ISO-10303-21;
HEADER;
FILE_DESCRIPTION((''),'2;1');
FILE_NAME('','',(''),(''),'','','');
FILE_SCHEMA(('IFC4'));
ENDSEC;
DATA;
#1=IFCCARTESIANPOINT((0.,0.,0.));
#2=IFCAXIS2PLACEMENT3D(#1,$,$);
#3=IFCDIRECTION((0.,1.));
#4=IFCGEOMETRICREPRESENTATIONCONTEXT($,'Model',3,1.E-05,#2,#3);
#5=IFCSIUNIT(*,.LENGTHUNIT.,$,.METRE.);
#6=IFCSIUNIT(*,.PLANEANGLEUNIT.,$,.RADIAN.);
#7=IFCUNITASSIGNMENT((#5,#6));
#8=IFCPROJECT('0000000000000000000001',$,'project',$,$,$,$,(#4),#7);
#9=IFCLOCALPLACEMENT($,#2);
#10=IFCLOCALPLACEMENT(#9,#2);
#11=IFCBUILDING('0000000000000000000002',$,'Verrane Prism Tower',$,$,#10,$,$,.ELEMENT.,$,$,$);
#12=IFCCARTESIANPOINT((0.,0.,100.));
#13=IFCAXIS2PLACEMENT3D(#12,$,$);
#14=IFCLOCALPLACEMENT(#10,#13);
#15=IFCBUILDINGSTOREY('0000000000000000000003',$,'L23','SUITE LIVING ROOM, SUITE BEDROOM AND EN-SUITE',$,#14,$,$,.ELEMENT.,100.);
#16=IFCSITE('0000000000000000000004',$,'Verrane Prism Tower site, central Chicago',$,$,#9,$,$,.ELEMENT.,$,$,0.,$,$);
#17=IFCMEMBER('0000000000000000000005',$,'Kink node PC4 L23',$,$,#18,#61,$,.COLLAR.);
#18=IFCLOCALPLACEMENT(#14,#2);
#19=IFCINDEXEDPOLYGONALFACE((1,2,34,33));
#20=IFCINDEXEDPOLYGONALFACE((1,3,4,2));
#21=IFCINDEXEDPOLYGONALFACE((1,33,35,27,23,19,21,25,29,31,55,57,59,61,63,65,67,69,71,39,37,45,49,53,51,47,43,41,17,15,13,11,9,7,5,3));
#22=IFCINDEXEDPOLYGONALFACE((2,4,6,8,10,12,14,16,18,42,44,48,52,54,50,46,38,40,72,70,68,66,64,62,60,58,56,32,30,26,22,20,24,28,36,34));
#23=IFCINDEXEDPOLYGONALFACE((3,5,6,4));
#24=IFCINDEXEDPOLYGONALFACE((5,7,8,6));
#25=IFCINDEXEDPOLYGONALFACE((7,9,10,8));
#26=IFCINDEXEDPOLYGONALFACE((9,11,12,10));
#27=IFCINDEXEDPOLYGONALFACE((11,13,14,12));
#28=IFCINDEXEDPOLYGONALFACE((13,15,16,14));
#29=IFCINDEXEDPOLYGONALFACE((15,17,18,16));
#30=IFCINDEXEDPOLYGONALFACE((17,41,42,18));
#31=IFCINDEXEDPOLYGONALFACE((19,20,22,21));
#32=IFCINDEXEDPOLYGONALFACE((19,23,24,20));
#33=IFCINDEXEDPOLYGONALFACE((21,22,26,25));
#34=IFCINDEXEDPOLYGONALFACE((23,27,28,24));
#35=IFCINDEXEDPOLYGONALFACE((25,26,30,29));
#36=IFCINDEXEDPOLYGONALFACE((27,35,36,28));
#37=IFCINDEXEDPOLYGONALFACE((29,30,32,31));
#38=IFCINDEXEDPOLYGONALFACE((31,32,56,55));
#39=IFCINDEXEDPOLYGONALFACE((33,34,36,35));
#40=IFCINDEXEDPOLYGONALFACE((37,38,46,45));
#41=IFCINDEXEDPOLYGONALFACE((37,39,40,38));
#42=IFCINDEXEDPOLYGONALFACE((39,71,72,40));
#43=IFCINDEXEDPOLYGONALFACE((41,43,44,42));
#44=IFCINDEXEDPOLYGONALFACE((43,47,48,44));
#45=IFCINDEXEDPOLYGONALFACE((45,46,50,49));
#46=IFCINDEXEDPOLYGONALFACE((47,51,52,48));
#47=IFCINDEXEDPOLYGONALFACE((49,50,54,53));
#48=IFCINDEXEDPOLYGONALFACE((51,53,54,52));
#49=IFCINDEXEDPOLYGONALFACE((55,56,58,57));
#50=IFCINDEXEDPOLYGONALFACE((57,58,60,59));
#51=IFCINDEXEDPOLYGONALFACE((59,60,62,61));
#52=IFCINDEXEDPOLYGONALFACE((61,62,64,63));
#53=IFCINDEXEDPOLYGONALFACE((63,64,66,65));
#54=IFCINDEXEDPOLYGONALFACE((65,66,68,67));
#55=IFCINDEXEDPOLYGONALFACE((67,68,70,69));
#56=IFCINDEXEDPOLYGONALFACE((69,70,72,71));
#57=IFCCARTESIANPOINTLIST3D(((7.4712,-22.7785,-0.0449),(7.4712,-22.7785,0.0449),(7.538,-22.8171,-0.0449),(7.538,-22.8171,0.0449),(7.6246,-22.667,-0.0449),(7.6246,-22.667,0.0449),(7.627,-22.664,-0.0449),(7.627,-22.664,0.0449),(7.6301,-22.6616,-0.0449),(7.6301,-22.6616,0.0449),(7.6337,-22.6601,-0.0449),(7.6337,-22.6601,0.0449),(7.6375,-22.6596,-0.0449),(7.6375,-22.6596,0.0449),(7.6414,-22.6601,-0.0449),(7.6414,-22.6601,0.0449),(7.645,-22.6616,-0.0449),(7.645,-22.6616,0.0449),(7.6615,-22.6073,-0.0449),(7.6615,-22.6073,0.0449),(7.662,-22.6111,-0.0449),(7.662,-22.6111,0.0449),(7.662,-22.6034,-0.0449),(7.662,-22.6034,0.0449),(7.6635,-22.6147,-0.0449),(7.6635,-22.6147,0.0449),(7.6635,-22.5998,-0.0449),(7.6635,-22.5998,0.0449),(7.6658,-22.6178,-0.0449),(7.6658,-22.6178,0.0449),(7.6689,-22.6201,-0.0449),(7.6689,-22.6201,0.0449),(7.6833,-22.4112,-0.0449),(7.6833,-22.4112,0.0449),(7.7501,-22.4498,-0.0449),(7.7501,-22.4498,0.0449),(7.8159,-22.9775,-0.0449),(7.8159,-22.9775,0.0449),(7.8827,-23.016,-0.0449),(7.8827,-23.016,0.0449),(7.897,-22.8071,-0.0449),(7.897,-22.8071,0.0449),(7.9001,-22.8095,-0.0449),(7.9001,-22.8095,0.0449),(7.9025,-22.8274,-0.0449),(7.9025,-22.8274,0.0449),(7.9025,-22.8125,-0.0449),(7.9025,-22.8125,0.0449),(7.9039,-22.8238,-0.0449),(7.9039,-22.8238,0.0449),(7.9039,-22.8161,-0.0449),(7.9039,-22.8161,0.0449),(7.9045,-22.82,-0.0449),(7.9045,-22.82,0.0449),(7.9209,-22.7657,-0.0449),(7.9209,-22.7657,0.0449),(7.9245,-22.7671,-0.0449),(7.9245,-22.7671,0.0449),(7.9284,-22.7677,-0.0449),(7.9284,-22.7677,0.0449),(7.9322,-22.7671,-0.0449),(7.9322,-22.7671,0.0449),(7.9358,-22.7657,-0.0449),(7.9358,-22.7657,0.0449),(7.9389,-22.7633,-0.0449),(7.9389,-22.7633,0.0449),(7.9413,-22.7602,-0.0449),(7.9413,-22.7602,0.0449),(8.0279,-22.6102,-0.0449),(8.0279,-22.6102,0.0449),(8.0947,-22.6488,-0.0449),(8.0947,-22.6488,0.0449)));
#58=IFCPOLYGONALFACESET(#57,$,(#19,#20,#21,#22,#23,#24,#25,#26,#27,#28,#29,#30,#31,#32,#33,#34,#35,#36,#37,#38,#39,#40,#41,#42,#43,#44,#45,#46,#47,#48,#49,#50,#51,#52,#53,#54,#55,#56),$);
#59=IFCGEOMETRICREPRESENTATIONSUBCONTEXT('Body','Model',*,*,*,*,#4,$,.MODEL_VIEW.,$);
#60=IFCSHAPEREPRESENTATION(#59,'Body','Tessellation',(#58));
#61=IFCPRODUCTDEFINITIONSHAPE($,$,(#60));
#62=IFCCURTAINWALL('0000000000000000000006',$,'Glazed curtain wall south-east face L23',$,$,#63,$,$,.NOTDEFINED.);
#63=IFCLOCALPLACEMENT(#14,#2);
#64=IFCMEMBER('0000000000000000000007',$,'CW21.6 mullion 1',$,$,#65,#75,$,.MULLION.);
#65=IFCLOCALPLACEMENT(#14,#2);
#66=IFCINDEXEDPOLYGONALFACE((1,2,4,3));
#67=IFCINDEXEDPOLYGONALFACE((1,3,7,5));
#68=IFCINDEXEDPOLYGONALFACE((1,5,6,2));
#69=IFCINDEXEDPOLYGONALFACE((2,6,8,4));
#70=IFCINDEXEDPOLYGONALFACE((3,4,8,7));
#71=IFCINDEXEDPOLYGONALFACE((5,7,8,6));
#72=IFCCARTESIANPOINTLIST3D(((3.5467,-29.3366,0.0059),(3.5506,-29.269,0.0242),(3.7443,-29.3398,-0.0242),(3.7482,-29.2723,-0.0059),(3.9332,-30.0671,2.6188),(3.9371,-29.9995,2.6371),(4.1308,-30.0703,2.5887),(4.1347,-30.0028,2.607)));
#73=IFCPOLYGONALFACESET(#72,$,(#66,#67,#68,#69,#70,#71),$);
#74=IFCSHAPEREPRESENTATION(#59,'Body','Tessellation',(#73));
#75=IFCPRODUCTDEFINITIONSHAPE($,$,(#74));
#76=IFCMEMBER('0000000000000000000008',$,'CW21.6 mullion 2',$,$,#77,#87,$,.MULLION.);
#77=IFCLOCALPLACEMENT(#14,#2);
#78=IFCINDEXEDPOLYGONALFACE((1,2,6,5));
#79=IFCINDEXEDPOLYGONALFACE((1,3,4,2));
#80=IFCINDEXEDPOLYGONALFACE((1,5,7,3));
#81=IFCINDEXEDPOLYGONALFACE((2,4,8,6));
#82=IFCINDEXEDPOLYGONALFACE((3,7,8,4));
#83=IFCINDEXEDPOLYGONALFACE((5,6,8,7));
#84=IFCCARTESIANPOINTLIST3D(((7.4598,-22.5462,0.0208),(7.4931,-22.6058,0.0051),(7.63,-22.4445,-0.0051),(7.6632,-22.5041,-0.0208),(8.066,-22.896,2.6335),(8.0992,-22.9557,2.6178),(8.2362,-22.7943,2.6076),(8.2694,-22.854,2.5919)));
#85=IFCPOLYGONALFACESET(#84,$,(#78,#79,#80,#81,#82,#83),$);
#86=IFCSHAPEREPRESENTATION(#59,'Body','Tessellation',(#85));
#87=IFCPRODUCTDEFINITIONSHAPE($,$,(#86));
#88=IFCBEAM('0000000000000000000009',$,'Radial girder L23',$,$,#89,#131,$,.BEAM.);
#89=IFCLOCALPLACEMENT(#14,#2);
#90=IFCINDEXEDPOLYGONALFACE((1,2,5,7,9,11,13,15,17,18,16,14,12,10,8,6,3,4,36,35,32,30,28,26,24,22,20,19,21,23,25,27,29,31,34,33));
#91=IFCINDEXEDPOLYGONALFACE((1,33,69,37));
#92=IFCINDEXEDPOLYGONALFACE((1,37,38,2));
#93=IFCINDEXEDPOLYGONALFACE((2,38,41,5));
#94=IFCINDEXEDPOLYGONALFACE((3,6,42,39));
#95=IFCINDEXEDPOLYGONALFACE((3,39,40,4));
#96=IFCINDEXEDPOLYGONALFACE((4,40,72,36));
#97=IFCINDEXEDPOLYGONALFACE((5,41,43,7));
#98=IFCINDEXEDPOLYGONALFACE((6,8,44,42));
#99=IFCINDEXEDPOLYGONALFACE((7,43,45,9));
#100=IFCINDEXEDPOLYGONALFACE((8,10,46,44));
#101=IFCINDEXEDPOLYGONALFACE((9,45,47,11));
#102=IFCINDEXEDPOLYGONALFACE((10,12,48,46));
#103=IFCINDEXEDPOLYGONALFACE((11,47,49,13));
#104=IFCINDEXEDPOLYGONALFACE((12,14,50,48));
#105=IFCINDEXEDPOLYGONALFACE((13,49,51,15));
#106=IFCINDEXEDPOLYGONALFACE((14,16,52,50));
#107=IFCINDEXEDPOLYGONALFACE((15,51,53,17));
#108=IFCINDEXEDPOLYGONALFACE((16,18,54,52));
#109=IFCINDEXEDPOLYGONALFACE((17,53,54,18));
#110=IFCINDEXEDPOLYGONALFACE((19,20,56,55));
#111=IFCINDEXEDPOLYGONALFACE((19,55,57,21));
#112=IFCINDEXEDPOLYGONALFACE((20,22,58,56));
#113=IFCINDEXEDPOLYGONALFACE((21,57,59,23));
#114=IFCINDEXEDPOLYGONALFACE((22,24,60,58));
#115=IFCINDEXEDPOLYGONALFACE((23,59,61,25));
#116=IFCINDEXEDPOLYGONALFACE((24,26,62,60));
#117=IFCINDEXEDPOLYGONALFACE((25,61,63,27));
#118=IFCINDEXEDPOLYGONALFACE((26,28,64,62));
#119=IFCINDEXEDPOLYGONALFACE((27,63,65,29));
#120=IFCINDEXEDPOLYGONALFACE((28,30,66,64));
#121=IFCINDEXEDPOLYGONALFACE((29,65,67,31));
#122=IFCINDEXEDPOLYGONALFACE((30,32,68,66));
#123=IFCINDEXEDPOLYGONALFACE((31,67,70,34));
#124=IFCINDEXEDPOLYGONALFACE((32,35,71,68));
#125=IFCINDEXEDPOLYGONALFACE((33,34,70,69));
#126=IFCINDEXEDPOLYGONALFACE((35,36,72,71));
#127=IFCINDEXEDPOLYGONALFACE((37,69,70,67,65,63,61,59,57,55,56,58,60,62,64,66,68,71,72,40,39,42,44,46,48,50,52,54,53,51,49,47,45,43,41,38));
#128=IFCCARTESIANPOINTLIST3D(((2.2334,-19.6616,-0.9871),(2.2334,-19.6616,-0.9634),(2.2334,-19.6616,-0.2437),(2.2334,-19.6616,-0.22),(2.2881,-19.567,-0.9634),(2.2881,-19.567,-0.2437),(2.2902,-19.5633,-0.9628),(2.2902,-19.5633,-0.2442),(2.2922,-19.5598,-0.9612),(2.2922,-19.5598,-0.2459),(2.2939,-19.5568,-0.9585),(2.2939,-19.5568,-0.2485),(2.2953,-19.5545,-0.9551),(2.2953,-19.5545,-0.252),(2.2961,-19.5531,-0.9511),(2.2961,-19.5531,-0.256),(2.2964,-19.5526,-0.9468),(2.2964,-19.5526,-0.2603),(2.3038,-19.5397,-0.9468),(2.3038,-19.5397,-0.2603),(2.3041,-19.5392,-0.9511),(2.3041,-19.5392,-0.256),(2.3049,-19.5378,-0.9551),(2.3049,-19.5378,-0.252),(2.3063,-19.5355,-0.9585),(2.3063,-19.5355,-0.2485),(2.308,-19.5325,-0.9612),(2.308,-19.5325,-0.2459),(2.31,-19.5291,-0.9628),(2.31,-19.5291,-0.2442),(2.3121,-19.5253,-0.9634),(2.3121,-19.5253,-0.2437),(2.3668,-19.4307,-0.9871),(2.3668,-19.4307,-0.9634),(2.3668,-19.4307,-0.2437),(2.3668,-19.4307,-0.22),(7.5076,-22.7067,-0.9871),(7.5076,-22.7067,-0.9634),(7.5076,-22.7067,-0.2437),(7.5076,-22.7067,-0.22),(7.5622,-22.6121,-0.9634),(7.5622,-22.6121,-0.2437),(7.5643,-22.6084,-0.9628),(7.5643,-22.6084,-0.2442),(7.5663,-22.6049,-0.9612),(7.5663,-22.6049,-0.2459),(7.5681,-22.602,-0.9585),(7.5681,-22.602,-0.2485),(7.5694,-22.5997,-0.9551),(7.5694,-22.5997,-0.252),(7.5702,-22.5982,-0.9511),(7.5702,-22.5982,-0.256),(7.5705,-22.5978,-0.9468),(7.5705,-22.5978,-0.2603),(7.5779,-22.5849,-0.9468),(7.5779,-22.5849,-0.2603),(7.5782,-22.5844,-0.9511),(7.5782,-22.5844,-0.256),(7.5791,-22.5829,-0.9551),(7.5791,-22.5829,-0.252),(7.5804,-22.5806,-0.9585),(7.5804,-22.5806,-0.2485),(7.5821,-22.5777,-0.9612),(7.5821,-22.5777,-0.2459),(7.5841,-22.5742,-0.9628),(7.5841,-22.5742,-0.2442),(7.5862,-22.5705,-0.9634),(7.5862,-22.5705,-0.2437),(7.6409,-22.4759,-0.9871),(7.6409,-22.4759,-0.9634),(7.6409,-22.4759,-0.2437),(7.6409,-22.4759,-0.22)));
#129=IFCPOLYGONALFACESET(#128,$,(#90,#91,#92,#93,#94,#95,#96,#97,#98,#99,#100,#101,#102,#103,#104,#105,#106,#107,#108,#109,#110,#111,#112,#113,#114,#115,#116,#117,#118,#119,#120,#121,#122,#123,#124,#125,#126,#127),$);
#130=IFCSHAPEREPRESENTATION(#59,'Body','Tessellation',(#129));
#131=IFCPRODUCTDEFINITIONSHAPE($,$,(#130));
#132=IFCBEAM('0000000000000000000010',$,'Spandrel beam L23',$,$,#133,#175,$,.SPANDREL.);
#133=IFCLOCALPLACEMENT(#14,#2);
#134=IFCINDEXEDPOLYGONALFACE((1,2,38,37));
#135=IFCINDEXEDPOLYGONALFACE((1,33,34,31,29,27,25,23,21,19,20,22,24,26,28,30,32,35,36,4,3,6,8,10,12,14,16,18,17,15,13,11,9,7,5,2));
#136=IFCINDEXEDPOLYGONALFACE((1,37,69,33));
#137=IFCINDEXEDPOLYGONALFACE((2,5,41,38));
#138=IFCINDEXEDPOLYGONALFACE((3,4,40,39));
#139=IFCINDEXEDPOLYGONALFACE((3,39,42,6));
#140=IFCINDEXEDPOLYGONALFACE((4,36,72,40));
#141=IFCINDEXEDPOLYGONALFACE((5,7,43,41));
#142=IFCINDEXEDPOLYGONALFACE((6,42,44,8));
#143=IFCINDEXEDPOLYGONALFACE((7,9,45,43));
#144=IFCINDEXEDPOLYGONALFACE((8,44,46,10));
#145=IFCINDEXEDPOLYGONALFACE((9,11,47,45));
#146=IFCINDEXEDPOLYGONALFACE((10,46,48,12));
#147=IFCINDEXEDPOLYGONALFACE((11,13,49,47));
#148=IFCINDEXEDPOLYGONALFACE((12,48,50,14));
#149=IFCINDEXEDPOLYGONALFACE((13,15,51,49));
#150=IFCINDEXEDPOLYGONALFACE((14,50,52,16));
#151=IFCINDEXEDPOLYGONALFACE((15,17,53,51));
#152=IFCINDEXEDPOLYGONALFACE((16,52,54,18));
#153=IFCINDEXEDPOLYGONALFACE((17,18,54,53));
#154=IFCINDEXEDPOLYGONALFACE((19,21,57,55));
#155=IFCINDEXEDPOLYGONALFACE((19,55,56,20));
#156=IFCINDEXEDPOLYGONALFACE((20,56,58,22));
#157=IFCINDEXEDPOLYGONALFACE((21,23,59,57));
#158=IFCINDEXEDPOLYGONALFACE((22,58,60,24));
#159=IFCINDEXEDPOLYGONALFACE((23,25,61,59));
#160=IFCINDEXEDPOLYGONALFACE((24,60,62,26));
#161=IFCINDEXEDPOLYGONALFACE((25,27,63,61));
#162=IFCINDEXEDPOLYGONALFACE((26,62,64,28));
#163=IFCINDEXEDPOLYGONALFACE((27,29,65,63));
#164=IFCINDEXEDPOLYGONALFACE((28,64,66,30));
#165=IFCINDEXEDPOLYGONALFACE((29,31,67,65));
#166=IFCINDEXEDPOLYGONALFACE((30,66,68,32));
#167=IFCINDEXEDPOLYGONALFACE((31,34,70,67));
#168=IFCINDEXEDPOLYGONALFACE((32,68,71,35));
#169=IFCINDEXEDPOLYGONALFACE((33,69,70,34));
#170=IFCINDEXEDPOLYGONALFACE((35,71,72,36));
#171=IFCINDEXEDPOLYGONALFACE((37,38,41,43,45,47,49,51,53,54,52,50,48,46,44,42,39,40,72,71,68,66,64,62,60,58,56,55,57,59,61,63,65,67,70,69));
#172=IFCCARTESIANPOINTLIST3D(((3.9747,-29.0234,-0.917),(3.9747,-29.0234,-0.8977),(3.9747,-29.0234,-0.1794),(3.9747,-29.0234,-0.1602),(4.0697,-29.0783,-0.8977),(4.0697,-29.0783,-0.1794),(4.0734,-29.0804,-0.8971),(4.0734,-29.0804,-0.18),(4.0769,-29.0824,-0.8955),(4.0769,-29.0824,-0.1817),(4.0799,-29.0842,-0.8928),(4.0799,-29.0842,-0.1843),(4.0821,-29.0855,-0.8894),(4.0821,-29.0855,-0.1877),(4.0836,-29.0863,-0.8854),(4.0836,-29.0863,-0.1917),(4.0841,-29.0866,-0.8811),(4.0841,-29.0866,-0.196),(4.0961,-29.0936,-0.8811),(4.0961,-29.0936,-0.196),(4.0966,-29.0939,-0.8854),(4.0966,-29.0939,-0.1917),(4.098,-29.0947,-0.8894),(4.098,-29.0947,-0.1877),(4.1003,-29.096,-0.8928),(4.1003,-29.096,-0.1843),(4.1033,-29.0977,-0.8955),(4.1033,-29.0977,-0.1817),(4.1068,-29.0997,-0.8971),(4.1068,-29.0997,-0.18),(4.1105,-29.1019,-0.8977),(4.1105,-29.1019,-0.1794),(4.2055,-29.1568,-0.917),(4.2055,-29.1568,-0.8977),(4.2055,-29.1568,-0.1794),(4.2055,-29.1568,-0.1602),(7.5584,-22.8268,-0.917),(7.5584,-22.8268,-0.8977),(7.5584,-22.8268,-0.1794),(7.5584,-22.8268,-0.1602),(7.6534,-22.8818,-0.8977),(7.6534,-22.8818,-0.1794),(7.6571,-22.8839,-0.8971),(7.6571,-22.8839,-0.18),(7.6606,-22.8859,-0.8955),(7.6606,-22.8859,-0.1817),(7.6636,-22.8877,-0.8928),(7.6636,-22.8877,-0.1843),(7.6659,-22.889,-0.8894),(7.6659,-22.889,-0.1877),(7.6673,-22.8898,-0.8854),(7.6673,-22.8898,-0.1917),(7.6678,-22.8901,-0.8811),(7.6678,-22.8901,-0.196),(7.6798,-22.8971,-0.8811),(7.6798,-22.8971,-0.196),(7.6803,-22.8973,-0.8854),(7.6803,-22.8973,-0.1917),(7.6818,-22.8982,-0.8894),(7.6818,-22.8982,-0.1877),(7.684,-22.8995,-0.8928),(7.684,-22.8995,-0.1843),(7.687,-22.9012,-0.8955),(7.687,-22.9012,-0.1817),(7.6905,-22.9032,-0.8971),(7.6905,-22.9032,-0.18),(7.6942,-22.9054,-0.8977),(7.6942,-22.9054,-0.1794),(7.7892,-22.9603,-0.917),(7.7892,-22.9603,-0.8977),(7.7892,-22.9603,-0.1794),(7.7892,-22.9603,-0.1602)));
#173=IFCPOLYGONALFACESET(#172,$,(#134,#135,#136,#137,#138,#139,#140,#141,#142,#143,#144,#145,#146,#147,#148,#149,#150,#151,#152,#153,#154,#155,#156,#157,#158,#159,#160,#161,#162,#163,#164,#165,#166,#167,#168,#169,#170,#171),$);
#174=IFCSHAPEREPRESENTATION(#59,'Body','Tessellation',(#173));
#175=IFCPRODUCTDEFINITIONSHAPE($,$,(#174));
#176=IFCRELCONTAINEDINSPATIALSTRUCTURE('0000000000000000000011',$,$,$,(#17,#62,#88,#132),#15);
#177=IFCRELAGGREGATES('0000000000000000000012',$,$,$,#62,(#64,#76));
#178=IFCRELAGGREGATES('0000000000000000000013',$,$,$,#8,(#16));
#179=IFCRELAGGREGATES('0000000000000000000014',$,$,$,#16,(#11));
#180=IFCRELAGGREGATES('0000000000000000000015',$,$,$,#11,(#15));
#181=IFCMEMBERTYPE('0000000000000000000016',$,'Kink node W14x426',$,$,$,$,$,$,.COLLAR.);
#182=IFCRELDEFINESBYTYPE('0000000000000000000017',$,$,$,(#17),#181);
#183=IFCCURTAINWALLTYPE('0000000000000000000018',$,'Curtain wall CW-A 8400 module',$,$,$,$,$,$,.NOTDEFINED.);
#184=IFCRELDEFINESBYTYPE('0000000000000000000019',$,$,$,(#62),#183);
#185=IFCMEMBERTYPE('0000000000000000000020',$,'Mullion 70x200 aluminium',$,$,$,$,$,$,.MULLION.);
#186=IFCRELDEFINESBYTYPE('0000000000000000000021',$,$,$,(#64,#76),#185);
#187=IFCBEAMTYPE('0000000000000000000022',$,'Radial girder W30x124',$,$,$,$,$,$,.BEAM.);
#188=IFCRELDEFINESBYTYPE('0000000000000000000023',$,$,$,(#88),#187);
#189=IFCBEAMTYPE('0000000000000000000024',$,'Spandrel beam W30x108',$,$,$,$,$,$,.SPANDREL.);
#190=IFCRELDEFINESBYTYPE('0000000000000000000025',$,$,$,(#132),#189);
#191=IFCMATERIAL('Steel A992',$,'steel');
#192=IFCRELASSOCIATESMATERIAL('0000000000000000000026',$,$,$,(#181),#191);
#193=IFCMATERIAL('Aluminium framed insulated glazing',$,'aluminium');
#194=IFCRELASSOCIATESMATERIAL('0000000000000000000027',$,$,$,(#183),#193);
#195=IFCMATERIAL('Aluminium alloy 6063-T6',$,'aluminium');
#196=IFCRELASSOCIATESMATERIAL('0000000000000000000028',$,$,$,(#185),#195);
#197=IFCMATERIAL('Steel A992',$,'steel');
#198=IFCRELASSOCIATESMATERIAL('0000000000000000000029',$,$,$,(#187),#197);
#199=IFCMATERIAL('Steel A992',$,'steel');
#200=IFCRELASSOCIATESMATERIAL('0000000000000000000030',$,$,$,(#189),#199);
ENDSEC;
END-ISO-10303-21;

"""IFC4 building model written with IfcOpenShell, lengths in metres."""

from ifc_helpers import new_model, si_unit, direction, frame, origin, origin_2d, place, context, subcontext, project, spatial, rectangle, i_section, extrude, material, material_profile, profile_set, type_object, element, aggregate, save


model = new_model("IFC4")

# Units and contexts
model_context = context("Model", 3, precision=1e-05, world=origin(), true_north=direction((0.0, 1.0)))
body_context = subcontext(model_context, "Body", "Model", "MODEL_VIEW")
ifc_project = project(units=[si_unit("LENGTHUNIT", "METRE"), si_unit("PLANEANGLEUNIT", "RADIAN")], contexts=[model_context])

# Site, building, storey
site_placement = place(None, origin())
site = spatial("IfcSite", under=ifc_project, at=site_placement, Name="Verrane Prism Tower site, central Chicago", CompositionType="ELEMENT", RefElevation=0.0)
building_placement = place(site_placement, origin())
building = spatial("IfcBuilding", under=site, at=building_placement, Name="Verrane Prism Tower", CompositionType="ELEMENT")
storey_placement = place(building_placement, frame((0.0, 0.0, 100.0)))
storey = spatial("IfcBuildingStorey", under=building, at=storey_placement, Name="L23", Description="SUITE LIVING ROOM, SUITE BEDROOM AND EN-SUITE", CompositionType="ELEMENT", Elevation=100.0)

# Member
ifc_material_1 = material(Name="Steel A992", Category="steel")
ifc_material_profile_1 = material_profile(ifc_material_1, i_section(OverallWidth=0.4241, OverallDepth=0.4751, WebThickness=0.0479, FlangeThickness=0.0771, FilletRadius=0.0149, at=origin_2d()), Name="W14x426")
ifc_profile_set_1 = profile_set([ifc_material_profile_1], Name="Steel A992")
member_type_1 = type_object("IfcMemberType", Name="Kink node W14x426", PredefinedType="COLLAR", material=ifc_profile_set_1)
member_1_placement = place(storey_placement, frame((7.783, -22.7136, -0.0449), z_axis=(0.0, 0.0, 1.0), x_axis=(-0.5, -0.866025, 0.0)))
element("IfcMember", 1, at=member_1_placement, inside=storey, type_object=member_type_1, Name="Kink node PC4 L23", PredefinedType="COLLAR", context=body_context, shape_type="SweptSolid", body=[
    extrude(i_section(OverallWidth=0.4241, OverallDepth=0.4751, WebThickness=0.0479, FlangeThickness=0.0771, FilletRadius=0.0149, at=origin_2d()), origin(), (0.0, 0.0, 1.0), 0.0898),
])

# Curtain wall, members
ifc_material_2 = material(Name="Aluminium framed insulated glazing", Category="aluminium")
curtain_wall_type = type_object("IfcCurtainWallType", Name="Curtain wall CW-A 8400 module", PredefinedType="NOTDEFINED", material=ifc_material_2)
curtain_wall_placement = place(storey_placement, origin())
curtain_wall = element("IfcCurtainWall", 2, at=curtain_wall_placement, inside=storey, type_object=curtain_wall_type, Name="Glazed curtain wall south-east face L23", PredefinedType="NOTDEFINED")
ifc_material_3 = material(Name="Aluminium alloy 6063-T6", Category="aluminium")
ifc_material_profile_2 = material_profile(ifc_material_3, rectangle(XDim=0.2, YDim=0.0701, at=origin_2d()), Name="Mullion 70x200 aluminium")
ifc_profile_set_2 = profile_set([ifc_material_profile_2], Name="Aluminium alloy 6063-T6")
member_type_2 = type_object("IfcMemberType", Name="Mullion 70x200 aluminium", PredefinedType="MULLION", material=ifc_profile_set_2)
member_2_placement = place(storey_placement, frame((3.6475, -29.3044, 0.0), z_axis=(0.14103, -0.266558, 0.953445), x_axis=(-0.988431, 0.016377, 0.150784)))
member_2 = element("IfcMember", 3, at=member_2_placement, type_object=member_type_2, Name="CW21.6 mullion 1", PredefinedType="MULLION", context=body_context, shape_type="SweptSolid", body=[
    extrude(rectangle(XDim=0.2, YDim=0.0701, at=origin_2d()), origin(), (0.0, 0.0, 1.0), 2.7405),
])
member_3_placement = place(storey_placement, frame((7.5615, -22.5251, 0.0), z_axis=(0.224111, -0.12934, 0.965943), x_axis=(-0.851192, -0.508659, 0.129378)))
member_3 = element("IfcMember", 4, at=member_3_placement, type_object=member_type_2, Name="CW21.6 mullion 2", PredefinedType="MULLION", context=body_context, shape_type="SweptSolid", body=[
    extrude(rectangle(XDim=0.2, YDim=0.0701, at=origin_2d()), origin(), (0.0, 0.0, 1.0), 2.7048),
])

# Beams
ifc_material_4 = material(Name="Steel A992", Category="steel")
ifc_material_profile_3 = material_profile(ifc_material_4, i_section(OverallWidth=0.2666, OverallDepth=0.7671, WebThickness=0.0149, FlangeThickness=0.0237, FilletRadius=0.0166, at=origin_2d()), Name="W30x124")
ifc_profile_set_3 = profile_set([ifc_material_profile_3], Name="Steel A992")
beam_type_1 = type_object("IfcBeamType", Name="Radial girder W30x124", PredefinedType="BEAM", material=ifc_profile_set_3)
beam_1_placement = place(storey_placement, frame((7.5742, -22.5913, -0.6035), z_axis=(-0.866017, 0.500015, 0.0), x_axis=(-0.500015, -0.866017, 0.0)))
element("IfcBeam", 5, at=beam_1_placement, inside=storey, type_object=beam_type_1, Name="Radial girder L23", PredefinedType="BEAM", context=body_context, shape_type="SweptSolid", body=[
    extrude(i_section(OverallWidth=0.2666, OverallDepth=0.7671, WebThickness=0.0149, FlangeThickness=0.0237, FilletRadius=0.0166, at=origin_2d()), origin(), (0.0, 0.0, 1.0), 6.0901),
])
ifc_material_5 = material(Name="Steel A992", Category="steel")
ifc_material_profile_4 = material_profile(ifc_material_5, i_section(OverallWidth=0.2666, OverallDepth=0.7568, WebThickness=0.0139, FlangeThickness=0.0193, FilletRadius=0.0166, at=origin_2d()), Name="W30x108")
ifc_profile_set_4 = profile_set([ifc_material_profile_4], Name="Steel A992")
beam_type_2 = type_object("IfcBeamType", Name="Spandrel beam W30x108", PredefinedType="SPANDREL", material=ifc_profile_set_4)
beam_2_placement = place(storey_placement, frame((4.0901, -29.0901, -0.5386), z_axis=(0.500646, 0.865652, 0.0), x_axis=(-0.865652, 0.500646, 0.0)))
element("IfcBeam", 6, at=beam_2_placement, inside=storey, type_object=beam_type_2, Name="Spandrel beam L23", PredefinedType="SPANDREL", context=body_context, shape_type="SweptSolid", body=[
    extrude(i_section(OverallWidth=0.2666, OverallDepth=0.7568, WebThickness=0.0139, FlangeThickness=0.0193, FilletRadius=0.0166, at=origin_2d()), origin(), (0.0, 0.0, 1.0), 7.1582),
])

aggregate(curtain_wall, [member_2, member_3])

save(model, "model.ifc")
